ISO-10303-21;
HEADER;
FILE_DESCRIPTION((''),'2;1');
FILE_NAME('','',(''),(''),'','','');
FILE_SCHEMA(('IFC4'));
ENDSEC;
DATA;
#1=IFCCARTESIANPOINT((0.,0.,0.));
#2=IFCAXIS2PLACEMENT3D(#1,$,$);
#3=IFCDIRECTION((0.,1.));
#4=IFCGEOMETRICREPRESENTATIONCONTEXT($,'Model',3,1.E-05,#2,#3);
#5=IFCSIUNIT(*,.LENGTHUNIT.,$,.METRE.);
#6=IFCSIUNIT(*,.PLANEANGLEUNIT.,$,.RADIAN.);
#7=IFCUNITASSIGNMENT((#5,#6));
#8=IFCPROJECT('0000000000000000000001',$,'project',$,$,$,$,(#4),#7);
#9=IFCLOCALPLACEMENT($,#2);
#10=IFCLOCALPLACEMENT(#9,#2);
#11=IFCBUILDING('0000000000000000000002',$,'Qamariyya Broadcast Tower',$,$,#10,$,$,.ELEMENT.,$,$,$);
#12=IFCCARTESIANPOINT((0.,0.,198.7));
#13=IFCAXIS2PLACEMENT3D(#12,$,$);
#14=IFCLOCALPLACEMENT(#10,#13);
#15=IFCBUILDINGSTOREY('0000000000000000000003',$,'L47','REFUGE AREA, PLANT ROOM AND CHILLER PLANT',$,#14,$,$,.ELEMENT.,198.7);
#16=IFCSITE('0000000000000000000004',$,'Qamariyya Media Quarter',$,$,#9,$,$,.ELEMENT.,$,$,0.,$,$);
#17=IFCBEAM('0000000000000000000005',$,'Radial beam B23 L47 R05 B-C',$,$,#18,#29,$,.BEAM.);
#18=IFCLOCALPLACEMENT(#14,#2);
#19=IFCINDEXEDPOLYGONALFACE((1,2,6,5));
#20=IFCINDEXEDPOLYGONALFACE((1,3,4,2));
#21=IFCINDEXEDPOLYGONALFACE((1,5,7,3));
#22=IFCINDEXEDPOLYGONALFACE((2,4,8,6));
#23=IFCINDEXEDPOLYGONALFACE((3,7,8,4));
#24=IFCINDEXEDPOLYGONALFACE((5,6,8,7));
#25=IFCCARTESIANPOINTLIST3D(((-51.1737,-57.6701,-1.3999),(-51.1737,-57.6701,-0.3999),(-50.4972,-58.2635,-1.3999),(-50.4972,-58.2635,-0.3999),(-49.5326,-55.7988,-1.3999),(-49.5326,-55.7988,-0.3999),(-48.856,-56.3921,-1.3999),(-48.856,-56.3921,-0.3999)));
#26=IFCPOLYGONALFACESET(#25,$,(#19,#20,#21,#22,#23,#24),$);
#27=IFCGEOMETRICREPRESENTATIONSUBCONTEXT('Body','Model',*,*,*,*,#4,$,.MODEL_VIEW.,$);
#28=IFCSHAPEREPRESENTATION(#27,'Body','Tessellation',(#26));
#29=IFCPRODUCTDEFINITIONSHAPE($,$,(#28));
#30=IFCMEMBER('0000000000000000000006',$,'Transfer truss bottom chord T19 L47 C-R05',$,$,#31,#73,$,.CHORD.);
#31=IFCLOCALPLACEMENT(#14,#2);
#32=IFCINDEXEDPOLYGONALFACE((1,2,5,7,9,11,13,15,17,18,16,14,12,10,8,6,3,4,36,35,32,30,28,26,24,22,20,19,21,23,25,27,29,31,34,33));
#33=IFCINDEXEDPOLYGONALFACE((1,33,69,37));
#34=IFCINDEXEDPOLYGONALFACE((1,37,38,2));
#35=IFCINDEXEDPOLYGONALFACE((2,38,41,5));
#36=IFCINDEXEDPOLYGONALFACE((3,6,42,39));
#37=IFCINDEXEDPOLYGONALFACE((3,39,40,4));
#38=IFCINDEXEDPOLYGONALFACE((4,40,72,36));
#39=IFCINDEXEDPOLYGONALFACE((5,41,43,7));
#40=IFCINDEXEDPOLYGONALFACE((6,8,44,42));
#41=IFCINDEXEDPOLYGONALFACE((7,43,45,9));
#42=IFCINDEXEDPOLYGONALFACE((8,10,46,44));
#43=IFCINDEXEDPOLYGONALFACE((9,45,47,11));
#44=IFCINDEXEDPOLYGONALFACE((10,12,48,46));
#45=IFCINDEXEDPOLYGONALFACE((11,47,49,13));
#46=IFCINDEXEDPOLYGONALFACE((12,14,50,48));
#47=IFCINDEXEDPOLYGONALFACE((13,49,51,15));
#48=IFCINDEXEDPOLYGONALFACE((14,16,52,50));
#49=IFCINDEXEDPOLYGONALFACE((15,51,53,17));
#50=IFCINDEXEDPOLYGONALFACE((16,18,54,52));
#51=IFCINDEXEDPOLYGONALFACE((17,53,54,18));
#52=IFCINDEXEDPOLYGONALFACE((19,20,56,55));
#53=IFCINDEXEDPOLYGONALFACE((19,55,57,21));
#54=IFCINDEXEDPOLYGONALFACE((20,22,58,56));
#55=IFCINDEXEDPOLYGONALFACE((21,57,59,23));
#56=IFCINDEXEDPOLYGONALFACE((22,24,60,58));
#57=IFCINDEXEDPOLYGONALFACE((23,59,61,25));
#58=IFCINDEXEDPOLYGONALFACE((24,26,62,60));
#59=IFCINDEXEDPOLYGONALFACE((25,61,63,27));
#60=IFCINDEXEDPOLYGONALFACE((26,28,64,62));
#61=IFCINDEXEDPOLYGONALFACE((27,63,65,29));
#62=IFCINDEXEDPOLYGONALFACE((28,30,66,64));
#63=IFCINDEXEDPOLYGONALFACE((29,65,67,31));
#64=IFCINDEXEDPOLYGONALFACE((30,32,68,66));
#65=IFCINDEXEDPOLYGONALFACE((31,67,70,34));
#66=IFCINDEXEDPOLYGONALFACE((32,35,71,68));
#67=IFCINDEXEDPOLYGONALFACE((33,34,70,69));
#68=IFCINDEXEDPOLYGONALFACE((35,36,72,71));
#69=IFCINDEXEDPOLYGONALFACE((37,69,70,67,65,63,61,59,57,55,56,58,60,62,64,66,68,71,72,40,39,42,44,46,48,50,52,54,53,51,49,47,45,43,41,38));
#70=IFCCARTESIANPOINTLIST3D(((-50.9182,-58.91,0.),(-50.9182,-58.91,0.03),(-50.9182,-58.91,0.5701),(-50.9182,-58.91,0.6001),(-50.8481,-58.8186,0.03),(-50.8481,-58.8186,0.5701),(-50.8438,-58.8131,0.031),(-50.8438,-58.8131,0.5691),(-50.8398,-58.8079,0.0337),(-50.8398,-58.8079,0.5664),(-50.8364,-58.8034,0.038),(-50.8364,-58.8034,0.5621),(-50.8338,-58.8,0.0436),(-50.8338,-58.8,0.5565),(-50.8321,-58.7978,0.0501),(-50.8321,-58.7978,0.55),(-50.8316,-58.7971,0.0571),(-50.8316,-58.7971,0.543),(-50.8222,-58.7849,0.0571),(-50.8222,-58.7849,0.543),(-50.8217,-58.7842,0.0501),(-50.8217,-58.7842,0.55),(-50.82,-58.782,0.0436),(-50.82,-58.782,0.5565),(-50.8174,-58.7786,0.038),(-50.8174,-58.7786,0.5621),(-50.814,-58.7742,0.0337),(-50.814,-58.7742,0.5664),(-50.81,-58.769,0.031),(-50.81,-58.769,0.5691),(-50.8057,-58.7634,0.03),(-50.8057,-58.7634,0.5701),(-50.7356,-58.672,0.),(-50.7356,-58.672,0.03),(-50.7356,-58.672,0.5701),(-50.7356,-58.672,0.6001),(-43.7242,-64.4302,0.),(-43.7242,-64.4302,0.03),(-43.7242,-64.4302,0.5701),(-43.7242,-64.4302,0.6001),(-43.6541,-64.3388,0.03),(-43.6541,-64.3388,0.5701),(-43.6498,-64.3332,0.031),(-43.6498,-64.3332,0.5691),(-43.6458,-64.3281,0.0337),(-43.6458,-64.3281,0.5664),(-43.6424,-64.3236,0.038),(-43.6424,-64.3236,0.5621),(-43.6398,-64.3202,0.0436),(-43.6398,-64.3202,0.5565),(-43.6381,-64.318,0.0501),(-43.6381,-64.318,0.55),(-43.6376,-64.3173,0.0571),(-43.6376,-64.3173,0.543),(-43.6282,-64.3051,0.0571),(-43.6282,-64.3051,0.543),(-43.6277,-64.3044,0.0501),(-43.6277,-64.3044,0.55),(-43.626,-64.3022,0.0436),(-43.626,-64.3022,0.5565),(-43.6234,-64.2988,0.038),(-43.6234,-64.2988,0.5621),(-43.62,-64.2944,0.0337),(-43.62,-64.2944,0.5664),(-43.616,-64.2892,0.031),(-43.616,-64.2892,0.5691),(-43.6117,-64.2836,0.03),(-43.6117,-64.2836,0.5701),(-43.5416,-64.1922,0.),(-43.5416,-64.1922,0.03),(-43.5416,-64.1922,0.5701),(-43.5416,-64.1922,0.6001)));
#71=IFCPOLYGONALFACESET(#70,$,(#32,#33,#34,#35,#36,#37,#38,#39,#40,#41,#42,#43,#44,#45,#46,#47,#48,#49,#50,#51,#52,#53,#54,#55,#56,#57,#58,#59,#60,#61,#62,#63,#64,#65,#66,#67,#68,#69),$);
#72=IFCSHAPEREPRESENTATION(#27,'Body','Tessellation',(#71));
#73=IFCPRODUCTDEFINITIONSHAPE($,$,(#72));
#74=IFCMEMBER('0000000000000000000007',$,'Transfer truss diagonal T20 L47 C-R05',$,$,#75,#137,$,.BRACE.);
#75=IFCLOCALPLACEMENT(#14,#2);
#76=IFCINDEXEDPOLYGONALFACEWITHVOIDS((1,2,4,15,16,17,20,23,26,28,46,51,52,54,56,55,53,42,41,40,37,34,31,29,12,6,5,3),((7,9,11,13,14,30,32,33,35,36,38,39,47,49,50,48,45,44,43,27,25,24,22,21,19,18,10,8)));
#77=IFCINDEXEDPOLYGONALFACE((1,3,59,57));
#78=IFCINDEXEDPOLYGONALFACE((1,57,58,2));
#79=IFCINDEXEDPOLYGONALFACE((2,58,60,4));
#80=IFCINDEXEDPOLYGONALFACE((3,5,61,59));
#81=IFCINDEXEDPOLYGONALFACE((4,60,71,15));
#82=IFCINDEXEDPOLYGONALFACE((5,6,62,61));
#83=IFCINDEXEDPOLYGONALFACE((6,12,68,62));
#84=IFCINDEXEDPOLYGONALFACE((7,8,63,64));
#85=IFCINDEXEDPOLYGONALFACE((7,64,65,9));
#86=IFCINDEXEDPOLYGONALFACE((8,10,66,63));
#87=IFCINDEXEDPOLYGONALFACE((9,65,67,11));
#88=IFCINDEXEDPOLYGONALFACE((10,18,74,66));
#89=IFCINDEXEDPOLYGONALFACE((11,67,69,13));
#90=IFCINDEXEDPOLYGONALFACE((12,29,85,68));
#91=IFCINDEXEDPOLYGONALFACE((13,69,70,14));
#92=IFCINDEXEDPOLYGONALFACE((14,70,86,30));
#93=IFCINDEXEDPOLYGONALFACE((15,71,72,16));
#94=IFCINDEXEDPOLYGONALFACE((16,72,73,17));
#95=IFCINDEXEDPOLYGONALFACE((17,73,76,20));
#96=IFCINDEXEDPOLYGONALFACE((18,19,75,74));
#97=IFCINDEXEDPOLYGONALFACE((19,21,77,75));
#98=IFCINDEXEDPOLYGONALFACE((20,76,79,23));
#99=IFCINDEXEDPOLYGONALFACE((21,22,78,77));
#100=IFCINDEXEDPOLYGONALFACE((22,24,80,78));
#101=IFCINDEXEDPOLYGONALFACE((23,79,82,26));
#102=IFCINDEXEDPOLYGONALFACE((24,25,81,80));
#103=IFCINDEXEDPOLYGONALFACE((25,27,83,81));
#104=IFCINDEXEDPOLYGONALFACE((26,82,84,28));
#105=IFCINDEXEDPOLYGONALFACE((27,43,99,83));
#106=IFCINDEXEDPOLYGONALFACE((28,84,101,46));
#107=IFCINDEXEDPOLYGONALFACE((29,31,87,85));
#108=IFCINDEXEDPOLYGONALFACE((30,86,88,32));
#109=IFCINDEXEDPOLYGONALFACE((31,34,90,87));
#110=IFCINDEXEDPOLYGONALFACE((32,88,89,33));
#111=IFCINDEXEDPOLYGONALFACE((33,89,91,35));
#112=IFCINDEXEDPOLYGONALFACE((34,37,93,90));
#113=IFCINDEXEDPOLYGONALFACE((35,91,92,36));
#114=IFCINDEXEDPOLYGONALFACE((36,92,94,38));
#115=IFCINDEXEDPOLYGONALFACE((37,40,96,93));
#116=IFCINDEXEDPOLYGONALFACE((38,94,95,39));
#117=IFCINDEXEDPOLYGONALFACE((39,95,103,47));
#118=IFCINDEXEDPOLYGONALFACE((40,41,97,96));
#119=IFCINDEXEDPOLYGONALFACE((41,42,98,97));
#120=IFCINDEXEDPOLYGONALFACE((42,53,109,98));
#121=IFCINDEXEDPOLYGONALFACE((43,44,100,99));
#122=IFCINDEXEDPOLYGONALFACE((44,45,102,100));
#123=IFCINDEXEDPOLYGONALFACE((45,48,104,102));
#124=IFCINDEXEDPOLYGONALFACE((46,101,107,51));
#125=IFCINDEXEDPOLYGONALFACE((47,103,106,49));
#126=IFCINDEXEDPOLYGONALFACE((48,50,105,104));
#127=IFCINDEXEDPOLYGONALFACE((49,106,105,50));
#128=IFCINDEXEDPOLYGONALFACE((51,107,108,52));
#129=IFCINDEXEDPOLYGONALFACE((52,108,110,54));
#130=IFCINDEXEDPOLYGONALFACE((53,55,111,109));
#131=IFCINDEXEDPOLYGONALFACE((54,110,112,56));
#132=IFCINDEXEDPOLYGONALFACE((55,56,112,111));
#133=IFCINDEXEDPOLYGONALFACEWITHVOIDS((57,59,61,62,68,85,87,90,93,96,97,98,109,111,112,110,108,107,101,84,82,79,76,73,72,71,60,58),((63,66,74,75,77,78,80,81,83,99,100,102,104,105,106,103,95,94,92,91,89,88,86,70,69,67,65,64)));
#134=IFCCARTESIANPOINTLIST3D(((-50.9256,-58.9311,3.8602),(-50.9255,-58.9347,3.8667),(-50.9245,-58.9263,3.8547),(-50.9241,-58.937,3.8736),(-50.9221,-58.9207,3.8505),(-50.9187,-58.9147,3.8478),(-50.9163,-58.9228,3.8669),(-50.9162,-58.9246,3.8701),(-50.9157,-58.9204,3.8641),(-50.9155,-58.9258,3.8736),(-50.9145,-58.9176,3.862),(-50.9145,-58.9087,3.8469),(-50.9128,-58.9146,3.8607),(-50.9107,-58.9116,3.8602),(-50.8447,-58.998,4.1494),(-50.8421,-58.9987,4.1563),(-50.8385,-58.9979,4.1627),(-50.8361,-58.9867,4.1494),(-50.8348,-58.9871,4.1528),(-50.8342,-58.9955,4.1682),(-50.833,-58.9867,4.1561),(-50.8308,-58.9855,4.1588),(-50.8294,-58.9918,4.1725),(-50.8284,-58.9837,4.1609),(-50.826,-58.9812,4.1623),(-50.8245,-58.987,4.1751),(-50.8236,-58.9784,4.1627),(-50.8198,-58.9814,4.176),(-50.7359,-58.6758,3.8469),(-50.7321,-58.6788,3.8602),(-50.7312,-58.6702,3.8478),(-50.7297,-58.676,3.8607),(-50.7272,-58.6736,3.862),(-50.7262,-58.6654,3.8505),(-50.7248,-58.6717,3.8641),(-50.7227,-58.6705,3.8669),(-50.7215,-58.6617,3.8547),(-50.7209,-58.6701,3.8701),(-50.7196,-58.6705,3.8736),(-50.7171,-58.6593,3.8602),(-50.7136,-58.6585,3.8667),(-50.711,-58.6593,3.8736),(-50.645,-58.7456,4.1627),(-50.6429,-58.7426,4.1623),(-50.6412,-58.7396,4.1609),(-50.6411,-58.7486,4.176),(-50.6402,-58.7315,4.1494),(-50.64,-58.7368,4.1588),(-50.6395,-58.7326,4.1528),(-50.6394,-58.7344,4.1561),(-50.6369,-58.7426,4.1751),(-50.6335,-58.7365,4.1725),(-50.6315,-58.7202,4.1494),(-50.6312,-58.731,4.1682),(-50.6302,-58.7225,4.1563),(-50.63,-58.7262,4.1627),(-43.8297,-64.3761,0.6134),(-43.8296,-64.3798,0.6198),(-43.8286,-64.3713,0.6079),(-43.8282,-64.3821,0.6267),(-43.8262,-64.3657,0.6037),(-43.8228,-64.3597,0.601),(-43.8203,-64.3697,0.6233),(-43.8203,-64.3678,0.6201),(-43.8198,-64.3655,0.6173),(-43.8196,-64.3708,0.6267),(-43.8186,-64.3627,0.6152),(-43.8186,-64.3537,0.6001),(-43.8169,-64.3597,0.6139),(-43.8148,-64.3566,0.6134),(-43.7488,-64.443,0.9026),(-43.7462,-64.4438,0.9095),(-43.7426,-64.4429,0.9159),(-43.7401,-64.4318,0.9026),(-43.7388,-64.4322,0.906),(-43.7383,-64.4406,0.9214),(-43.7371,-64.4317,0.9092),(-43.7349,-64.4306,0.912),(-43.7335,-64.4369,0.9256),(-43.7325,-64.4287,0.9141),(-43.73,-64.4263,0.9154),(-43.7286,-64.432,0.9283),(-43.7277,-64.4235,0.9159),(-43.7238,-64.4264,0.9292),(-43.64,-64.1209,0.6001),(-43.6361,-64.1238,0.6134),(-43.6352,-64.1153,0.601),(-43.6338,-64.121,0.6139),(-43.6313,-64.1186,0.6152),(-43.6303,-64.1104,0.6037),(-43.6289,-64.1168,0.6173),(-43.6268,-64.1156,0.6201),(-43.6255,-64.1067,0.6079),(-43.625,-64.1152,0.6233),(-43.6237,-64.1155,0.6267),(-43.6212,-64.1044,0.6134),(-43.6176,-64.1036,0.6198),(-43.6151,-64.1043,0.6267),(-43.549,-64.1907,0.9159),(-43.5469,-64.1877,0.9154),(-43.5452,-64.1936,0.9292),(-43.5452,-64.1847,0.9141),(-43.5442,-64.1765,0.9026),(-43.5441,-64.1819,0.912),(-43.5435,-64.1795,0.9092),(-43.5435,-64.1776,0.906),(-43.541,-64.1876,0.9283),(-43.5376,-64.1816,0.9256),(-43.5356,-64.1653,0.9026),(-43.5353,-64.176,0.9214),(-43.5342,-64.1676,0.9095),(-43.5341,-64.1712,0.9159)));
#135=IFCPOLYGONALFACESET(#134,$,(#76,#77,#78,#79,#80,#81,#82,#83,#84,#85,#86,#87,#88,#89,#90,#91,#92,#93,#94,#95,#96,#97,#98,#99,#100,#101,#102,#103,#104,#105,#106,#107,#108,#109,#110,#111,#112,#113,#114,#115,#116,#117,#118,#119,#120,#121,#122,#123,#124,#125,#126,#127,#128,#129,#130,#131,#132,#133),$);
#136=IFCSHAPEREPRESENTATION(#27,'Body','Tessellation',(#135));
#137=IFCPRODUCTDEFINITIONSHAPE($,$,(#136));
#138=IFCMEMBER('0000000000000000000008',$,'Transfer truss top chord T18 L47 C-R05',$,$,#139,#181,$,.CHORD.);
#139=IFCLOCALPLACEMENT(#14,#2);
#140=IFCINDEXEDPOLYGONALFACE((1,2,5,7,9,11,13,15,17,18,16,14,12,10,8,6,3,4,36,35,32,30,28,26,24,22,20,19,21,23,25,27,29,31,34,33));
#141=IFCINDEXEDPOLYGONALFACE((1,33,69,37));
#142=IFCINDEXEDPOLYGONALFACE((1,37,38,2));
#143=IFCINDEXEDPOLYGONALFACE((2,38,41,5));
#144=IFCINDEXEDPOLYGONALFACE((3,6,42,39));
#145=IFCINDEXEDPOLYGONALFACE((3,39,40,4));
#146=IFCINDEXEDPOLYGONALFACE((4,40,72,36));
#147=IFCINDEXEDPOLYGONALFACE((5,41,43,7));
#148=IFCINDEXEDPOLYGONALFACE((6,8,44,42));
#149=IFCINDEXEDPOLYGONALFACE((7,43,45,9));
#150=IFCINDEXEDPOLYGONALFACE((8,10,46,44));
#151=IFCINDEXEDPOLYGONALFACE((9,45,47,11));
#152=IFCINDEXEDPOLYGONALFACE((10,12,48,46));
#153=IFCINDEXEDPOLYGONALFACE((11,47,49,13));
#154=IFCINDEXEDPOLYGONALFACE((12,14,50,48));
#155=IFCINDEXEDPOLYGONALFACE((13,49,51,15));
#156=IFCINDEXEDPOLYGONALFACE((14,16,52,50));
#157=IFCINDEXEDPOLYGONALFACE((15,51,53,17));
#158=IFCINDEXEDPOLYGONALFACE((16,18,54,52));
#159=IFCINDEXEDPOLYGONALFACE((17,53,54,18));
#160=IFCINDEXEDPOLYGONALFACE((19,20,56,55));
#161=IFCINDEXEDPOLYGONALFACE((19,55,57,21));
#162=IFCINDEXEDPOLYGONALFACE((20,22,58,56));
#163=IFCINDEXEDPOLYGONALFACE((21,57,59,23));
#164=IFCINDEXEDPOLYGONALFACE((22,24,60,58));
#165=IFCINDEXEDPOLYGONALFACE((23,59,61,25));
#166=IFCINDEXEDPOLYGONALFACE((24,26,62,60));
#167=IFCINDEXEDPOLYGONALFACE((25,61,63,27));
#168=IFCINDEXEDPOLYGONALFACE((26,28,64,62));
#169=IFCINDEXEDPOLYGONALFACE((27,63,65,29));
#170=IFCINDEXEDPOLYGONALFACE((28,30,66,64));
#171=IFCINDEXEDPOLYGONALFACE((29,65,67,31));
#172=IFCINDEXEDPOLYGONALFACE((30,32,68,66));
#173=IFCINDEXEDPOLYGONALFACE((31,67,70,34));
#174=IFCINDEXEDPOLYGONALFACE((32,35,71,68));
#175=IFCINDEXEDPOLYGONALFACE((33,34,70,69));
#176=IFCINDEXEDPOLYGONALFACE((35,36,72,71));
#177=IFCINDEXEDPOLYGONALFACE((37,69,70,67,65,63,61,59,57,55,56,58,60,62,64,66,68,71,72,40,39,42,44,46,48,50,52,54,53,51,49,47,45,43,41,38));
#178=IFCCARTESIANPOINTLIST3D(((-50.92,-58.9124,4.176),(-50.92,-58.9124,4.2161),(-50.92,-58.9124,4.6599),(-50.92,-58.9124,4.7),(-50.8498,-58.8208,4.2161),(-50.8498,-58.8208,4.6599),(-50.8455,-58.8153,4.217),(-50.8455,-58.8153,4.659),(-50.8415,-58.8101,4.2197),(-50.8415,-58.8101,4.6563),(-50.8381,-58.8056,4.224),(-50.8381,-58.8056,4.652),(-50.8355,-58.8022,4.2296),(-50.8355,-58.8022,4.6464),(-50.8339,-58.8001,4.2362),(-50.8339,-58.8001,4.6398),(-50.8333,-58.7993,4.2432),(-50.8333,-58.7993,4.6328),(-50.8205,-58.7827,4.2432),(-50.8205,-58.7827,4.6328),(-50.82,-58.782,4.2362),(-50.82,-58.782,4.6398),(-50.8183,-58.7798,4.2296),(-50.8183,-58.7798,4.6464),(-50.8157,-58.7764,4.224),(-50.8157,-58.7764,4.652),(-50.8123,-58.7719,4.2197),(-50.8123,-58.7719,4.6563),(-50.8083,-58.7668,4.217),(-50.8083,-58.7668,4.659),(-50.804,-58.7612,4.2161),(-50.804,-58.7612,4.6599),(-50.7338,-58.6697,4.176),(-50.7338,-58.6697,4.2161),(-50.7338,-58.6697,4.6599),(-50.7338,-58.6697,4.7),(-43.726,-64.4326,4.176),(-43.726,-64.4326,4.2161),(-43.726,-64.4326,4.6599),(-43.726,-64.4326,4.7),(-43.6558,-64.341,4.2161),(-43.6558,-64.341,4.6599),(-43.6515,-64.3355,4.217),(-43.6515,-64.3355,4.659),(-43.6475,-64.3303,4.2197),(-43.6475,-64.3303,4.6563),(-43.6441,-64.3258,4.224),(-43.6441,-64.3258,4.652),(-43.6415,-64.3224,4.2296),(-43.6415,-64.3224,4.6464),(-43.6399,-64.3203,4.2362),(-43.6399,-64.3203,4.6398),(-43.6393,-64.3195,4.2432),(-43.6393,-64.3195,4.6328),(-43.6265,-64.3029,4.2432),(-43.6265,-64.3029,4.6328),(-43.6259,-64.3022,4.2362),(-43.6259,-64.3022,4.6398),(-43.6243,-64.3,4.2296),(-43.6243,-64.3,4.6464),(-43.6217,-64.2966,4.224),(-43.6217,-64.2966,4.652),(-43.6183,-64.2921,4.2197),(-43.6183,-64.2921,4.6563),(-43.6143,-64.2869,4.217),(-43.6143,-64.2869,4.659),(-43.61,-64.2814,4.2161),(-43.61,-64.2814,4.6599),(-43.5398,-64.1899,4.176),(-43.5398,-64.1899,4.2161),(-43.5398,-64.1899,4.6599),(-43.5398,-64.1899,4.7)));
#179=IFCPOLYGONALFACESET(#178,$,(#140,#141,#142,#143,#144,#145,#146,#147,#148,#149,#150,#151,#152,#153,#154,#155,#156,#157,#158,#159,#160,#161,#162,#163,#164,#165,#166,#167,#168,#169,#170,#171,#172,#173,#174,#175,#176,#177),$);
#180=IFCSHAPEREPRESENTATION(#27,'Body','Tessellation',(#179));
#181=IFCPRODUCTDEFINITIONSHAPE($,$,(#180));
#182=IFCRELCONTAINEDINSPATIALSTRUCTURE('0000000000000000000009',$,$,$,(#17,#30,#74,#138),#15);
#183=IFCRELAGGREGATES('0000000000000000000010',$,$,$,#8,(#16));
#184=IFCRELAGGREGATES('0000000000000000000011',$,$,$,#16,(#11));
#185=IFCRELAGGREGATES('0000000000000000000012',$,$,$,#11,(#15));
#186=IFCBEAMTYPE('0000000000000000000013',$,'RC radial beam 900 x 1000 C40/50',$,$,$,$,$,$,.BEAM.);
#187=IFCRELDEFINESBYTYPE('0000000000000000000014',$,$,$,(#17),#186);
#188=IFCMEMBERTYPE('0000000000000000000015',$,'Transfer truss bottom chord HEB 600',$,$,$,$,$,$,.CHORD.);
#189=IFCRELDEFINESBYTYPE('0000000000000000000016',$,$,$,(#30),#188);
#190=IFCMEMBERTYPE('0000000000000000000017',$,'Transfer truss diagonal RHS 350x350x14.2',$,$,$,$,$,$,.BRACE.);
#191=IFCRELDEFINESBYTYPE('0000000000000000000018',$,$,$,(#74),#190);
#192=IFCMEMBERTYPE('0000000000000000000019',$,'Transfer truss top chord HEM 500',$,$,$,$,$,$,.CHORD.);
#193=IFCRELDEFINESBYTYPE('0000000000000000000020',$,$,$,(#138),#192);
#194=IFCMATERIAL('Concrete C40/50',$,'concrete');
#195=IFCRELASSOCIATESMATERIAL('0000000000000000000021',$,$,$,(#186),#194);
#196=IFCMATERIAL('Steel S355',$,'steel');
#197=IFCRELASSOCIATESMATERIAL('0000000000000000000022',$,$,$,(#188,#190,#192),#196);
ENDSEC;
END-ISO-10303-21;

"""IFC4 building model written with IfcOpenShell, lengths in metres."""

from ifc_helpers import new_model, si_unit, direction, frame, origin, origin_2d, place, context, subcontext, project, spatial, rectangle, hollow_rectangle, i_section, extrude, material, material_profile, profile_set, type_object, element, save


model = new_model("IFC4")

# Units and contexts
model_context = context("Model", 3, precision=1e-05, world=origin(), true_north=direction((0.0, 1.0)))
body_context = subcontext(model_context, "Body", "Model", "MODEL_VIEW")
ifc_project = project(units=[si_unit("LENGTHUNIT", "METRE"), si_unit("PLANEANGLEUNIT", "RADIAN")], contexts=[model_context])

# Site, building, storey
site_placement = place(None, origin())
site = spatial("IfcSite", under=ifc_project, at=site_placement, Name="Qamariyya Media Quarter", CompositionType="ELEMENT", RefElevation=0.0)
building_placement = place(site_placement, origin())
building = spatial("IfcBuilding", under=site, at=building_placement, Name="Qamariyya Broadcast Tower", CompositionType="ELEMENT")
storey_placement = place(building_placement, frame((0.0, 0.0, 198.7)))
storey = spatial("IfcBuildingStorey", under=building, at=storey_placement, Name="L47", Description="REFUGE AREA, PLANT ROOM AND CHILLER PLANT", CompositionType="ELEMENT", Elevation=198.7)

# Shared definitions
ifc_material_1 = material(Name="Steel S355", Category="steel")

# Beam
ifc_material_2 = material(Name="Concrete C40/50", Category="concrete")
ifc_material_profile_1 = material_profile(ifc_material_2, rectangle(XDim=0.8999, YDim=1.0, at=origin_2d()))
ifc_profile_set_1 = profile_set([ifc_material_profile_1], Name="Concrete C40/50")
beam_type_1 = type_object("IfcBeamType", Name="RC radial beam 900 x 1000 C40/50", PredefinedType="BEAM", material=ifc_profile_set_1)
beam_1_placement = place(storey_placement, frame((-49.1943, -56.0955, -0.8999), z_axis=(-0.659344, -0.751841, 0.0), x_axis=(0.751841, -0.659344, 0.0)))
element("IfcBeam", 1, at=beam_1_placement, inside=storey, type_object=beam_type_1, Name="Radial beam B23 L47 R05 B-C", PredefinedType="BEAM", context=body_context, shape_type="SweptSolid", body=[
    extrude(rectangle(XDim=0.8999, YDim=1.0, at=origin_2d()), origin(), (0.0, 0.0, 1.0), 2.489),
])

# Members
ifc_material_profile_2 = material_profile(ifc_material_1, i_section(OverallWidth=0.3, OverallDepth=0.6001, WebThickness=0.0154, FlangeThickness=0.03, FilletRadius=0.0271, at=origin_2d()))
ifc_profile_set_2 = profile_set([ifc_material_profile_2], Name="Steel S355")
member_type_1 = type_object("IfcMemberType", Name="Transfer truss bottom chord HEB 600", PredefinedType="CHORD", material=ifc_profile_set_2)
member_1_placement = place(storey_placement, frame((-50.8269, -58.791, 0.3), z_axis=(0.793351, -0.608764, 0.0), x_axis=(0.608764, 0.793351, 0.0)))
element("IfcMember", 2, at=member_1_placement, inside=storey, type_object=member_type_1, Name="Transfer truss bottom chord T19 L47 C-R05", PredefinedType="CHORD", context=body_context, shape_type="SweptSolid", body=[
    extrude(i_section(OverallWidth=0.3, OverallDepth=0.6001, WebThickness=0.0154, FlangeThickness=0.03, FilletRadius=0.0271, at=origin_2d()), origin(), (0.0, 0.0, 1.0), 9.0679),
])
ifc_material_profile_3 = material_profile(ifc_material_1, hollow_rectangle(XDim=0.3501, YDim=0.3501, WallThickness=0.0142, InnerFilletRadius=0.0142, OuterFilletRadius=0.0283, at=origin_2d()))
ifc_profile_set_3 = profile_set([ifc_material_profile_3], Name="Steel S355")
member_type_2 = type_object("IfcMemberType", Name="Transfer truss diagonal RHS 350x350x14.2", PredefinedType="BRACE", material=ifc_profile_set_3)
member_2_placement = place(storey_placement, frame((-50.7778, -58.8286, 4.0115), z_axis=(0.745732, -0.572237, -0.341218), x_axis=(0.608772, 0.793345, 0.0)))
element("IfcMember", 3, at=member_2_placement, inside=storey, type_object=member_type_2, Name="Transfer truss diagonal T20 L47 C-R05", PredefinedType="BRACE", context=body_context, shape_type="SweptSolid", body=[
    extrude(hollow_rectangle(XDim=0.3501, YDim=0.3501, WallThickness=0.0142, InnerFilletRadius=0.0142, OuterFilletRadius=0.0283, at=origin_2d()), origin(), (0.0, 0.0, 1.0), 9.5154),
])
ifc_material_profile_4 = material_profile(ifc_material_1, i_section(OverallWidth=0.3059, OverallDepth=0.5239, WebThickness=0.021, FlangeThickness=0.04, FilletRadius=0.0271, at=origin_2d()))
ifc_profile_set_4 = profile_set([ifc_material_profile_4], Name="Steel S355")
member_type_3 = type_object("IfcMemberType", Name="Transfer truss top chord HEM 500", PredefinedType="CHORD", material=ifc_profile_set_4)
member_3_placement = place(storey_placement, frame((-50.8269, -58.791, 4.438), z_axis=(0.793351, -0.608764, 0.0), x_axis=(0.608764, 0.793351, 0.0)))
element("IfcMember", 4, at=member_3_placement, inside=storey, type_object=member_type_3, Name="Transfer truss top chord T18 L47 C-R05", PredefinedType="CHORD", context=body_context, shape_type="SweptSolid", body=[
    extrude(i_section(OverallWidth=0.3059, OverallDepth=0.5239, WebThickness=0.021, FlangeThickness=0.04, FilletRadius=0.0271, at=origin_2d()), origin(), (0.0, 0.0, 1.0), 9.0679),
])

save(model, "model.ifc")
